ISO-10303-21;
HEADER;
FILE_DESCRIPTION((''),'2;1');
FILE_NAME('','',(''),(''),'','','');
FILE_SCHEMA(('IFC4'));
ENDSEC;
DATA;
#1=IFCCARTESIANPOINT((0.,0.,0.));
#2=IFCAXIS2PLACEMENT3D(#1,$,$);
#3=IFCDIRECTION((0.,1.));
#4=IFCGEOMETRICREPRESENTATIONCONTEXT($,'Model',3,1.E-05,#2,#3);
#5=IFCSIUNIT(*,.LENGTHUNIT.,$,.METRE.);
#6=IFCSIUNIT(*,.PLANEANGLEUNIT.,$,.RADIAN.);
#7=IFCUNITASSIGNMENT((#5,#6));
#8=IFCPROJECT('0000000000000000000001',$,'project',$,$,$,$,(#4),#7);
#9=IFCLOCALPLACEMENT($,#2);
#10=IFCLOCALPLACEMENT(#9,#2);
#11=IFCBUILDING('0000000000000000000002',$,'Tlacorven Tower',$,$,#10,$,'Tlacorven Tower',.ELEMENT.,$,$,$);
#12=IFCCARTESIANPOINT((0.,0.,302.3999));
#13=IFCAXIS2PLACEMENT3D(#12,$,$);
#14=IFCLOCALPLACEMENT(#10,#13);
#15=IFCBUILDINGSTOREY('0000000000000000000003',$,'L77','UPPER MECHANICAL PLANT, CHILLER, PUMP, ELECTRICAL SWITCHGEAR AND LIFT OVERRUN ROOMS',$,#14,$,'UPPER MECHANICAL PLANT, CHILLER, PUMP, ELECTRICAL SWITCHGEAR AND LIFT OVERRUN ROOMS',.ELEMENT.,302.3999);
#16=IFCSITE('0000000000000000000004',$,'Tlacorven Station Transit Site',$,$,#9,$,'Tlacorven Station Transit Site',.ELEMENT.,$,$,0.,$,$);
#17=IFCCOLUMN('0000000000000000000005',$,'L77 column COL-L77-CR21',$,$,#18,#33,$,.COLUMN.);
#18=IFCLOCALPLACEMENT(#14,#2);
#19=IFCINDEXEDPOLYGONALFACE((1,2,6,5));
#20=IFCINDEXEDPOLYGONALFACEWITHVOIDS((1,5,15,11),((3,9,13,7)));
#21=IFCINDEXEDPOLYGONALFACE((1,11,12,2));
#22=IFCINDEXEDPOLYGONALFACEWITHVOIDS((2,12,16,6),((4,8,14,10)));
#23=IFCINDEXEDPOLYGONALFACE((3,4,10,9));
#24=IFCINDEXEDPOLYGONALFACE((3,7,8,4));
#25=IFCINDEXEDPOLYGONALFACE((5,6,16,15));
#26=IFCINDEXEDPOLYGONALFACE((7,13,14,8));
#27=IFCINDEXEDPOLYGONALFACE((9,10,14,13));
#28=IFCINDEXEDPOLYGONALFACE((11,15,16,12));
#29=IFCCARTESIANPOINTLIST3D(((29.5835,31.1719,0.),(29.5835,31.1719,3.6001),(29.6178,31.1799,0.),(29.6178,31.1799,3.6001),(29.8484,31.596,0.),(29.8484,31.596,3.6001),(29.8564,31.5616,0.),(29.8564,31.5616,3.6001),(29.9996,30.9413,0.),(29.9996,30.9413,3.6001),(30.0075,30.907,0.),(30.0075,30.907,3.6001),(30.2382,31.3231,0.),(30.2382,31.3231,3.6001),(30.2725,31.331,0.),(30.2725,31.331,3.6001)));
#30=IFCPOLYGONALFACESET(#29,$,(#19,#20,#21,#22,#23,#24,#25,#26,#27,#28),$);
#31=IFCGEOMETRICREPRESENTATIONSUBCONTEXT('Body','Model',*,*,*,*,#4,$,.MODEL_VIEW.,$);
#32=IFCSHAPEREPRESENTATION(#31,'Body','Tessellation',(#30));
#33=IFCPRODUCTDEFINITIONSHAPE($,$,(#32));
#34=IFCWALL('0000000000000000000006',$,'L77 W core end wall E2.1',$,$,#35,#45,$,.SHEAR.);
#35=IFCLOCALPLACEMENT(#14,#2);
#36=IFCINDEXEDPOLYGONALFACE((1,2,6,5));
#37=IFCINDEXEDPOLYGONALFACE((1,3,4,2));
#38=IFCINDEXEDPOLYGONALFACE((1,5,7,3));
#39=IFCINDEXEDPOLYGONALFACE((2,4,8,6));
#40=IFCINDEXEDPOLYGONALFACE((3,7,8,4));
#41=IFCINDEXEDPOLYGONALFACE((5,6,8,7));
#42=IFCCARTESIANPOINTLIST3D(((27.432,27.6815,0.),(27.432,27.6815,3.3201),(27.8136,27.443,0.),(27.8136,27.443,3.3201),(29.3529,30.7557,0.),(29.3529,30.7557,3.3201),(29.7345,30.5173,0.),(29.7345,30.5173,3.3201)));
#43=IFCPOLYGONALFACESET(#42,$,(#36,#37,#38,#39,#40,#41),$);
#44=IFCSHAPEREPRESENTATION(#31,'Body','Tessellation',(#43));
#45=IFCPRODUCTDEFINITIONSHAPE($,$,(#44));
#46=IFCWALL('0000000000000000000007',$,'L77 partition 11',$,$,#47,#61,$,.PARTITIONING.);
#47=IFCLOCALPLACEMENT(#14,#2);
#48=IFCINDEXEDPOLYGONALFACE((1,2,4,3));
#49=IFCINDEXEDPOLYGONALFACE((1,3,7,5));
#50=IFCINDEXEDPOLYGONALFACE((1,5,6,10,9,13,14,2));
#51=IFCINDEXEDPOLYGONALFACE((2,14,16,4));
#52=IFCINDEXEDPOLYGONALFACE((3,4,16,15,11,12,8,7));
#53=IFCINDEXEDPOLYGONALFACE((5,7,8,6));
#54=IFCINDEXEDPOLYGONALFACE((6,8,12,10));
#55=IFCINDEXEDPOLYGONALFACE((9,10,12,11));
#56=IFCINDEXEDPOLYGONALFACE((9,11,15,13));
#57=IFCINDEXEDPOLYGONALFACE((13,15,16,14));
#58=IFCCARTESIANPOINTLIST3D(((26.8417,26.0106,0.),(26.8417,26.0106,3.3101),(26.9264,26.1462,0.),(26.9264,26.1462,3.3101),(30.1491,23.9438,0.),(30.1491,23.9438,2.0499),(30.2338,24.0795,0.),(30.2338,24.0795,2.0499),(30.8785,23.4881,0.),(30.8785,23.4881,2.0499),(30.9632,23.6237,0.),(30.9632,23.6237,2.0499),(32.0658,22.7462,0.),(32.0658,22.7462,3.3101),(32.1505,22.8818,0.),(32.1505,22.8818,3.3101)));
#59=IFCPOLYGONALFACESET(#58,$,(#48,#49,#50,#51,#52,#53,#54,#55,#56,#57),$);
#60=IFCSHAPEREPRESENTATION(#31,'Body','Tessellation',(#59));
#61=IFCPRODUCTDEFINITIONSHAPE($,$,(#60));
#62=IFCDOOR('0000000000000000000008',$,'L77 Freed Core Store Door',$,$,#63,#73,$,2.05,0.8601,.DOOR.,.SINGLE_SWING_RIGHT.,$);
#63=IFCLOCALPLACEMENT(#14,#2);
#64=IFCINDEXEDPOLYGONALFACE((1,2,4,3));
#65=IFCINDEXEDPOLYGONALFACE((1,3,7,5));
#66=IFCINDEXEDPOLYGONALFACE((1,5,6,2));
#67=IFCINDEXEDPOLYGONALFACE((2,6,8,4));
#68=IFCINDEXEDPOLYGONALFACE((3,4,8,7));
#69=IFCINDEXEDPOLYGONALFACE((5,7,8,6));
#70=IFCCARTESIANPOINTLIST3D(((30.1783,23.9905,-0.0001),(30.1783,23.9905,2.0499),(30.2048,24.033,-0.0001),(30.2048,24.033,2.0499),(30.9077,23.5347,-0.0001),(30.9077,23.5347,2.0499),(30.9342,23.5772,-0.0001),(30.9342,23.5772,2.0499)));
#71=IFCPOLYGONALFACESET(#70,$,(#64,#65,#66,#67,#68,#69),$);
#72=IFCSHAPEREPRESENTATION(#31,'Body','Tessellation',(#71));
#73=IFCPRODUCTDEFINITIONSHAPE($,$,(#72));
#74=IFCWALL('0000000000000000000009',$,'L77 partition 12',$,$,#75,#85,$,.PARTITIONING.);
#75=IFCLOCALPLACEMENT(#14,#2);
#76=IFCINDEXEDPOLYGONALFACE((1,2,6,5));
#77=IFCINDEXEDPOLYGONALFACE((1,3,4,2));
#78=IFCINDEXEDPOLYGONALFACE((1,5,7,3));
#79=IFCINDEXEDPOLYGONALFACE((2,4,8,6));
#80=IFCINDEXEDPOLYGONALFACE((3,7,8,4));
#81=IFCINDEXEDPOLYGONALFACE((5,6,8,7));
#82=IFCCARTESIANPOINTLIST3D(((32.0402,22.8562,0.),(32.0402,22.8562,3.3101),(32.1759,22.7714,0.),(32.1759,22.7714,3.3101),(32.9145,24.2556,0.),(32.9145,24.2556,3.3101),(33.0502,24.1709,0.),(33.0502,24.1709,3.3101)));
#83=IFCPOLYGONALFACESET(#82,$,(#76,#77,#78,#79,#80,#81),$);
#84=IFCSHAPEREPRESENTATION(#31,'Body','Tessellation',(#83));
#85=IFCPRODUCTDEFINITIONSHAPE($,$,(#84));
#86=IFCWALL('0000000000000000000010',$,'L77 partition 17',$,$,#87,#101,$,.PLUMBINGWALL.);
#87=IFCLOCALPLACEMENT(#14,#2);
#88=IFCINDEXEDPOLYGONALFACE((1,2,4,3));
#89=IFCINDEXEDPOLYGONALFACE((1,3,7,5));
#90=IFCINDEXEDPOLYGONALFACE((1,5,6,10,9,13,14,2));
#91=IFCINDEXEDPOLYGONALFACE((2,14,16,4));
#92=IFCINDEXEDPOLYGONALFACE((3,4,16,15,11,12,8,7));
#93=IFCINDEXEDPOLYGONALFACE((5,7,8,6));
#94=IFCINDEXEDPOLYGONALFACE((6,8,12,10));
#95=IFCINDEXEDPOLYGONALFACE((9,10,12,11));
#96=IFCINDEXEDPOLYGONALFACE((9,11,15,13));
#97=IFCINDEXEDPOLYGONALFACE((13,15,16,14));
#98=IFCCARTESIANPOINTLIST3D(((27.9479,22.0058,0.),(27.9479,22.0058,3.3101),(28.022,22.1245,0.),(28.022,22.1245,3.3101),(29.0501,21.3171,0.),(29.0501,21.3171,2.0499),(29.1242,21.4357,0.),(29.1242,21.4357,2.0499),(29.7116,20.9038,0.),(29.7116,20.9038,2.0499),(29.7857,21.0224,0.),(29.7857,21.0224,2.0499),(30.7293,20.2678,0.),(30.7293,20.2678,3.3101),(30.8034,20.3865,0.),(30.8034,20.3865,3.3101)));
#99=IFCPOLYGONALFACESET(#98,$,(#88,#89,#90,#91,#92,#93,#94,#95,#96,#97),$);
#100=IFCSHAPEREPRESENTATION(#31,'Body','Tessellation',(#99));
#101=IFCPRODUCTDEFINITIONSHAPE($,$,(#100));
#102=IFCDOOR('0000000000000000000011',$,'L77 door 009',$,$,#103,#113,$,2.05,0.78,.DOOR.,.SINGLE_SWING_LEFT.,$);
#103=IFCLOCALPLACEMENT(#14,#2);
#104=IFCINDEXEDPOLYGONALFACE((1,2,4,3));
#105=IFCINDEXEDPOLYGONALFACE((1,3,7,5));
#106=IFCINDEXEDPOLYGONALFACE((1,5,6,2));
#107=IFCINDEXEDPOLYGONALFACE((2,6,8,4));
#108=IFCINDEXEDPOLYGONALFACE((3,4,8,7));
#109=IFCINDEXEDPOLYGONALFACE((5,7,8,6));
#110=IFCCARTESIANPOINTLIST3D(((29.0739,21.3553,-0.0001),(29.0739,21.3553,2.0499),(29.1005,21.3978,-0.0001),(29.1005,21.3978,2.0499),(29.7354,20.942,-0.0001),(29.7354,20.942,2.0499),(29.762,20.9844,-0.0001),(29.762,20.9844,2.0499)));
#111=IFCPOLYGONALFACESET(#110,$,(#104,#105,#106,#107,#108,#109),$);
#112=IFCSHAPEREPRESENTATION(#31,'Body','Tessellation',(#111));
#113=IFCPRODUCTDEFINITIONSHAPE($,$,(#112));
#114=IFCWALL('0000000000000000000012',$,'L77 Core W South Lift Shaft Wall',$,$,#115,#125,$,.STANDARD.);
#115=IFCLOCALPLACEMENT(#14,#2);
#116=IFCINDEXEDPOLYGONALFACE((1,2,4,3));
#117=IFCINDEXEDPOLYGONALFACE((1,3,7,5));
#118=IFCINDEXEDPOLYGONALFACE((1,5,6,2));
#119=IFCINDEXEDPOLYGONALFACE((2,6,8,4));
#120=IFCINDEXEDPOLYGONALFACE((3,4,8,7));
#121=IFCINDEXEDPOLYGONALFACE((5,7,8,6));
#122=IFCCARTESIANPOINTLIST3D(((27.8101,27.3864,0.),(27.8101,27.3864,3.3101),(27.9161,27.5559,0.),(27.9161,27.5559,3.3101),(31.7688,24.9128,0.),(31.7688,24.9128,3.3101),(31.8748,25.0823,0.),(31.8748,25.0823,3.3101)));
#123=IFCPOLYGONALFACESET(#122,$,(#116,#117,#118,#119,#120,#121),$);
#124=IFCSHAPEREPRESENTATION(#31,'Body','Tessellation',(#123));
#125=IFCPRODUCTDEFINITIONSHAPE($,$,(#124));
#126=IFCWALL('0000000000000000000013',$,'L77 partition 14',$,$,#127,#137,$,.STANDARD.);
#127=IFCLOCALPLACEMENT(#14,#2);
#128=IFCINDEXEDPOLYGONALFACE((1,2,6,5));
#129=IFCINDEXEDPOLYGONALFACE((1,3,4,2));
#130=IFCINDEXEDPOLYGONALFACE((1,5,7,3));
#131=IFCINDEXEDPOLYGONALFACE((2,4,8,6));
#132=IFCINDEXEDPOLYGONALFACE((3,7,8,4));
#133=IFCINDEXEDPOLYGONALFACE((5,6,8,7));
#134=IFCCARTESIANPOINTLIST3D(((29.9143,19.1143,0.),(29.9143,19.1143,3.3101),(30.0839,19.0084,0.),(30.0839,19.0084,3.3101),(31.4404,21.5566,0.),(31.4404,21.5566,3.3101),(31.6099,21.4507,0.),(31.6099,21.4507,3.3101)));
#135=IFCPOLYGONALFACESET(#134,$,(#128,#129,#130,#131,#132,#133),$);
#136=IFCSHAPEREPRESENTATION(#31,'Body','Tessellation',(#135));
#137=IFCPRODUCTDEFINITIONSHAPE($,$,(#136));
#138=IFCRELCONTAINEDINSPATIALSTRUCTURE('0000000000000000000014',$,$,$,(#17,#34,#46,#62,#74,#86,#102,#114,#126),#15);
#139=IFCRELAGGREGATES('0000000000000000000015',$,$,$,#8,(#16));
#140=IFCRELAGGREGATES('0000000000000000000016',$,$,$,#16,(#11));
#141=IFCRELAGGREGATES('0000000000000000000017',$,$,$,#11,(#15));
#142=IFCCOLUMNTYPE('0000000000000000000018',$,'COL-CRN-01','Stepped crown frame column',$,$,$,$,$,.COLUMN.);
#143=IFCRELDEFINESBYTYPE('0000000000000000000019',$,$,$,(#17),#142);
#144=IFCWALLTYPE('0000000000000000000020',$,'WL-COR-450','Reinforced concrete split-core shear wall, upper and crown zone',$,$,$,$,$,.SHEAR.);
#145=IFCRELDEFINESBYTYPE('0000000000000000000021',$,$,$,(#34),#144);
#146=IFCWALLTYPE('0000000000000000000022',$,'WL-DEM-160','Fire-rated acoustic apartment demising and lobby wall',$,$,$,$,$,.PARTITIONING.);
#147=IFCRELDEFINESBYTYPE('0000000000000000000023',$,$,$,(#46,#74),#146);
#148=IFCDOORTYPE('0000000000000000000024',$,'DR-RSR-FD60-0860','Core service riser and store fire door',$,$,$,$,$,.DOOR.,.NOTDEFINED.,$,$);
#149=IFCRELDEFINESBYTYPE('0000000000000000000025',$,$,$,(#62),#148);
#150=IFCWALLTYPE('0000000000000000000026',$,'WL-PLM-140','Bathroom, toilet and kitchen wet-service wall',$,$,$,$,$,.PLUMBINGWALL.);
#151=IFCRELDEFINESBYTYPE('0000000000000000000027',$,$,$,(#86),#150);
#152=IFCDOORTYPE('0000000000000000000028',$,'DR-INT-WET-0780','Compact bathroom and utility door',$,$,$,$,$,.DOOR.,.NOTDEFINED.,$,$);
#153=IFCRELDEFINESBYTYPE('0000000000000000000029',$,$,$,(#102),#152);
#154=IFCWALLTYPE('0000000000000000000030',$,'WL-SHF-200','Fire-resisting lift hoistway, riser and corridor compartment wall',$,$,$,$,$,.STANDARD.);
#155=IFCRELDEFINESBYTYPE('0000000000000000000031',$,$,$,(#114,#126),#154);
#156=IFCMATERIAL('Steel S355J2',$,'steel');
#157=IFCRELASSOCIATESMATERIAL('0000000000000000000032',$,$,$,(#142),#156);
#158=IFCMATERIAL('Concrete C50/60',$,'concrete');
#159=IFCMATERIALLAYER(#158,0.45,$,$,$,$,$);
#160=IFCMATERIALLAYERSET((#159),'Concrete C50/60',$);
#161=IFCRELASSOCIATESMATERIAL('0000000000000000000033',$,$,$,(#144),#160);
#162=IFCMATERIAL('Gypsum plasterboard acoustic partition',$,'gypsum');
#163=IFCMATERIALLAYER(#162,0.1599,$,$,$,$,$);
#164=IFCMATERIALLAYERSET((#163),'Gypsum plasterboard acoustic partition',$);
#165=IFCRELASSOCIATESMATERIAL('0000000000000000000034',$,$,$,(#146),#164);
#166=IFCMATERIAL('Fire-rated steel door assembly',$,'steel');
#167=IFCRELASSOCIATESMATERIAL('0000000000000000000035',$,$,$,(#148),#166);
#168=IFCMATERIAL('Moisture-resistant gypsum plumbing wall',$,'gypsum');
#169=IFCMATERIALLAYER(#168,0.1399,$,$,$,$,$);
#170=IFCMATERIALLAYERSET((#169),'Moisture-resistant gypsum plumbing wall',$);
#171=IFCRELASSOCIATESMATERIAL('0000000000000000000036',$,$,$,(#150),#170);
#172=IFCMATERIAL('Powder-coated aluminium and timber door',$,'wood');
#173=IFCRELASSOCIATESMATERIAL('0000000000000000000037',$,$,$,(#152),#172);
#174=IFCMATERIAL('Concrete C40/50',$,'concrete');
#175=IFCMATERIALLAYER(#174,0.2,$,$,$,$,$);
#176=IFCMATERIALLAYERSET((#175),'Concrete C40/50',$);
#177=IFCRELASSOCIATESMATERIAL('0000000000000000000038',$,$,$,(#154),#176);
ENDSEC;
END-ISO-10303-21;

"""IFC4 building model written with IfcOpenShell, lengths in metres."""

from ifc_helpers import new_model, si_unit, direction, frame, frame_2d, origin, origin_2d, place, context, subcontext, project, spatial, rectangle, hollow_rectangle, extrude, source, transform, mapped, material, layer, layer_set, material_profile, profile_set, type_object, element, fill, save


model = new_model("IFC4")

# Units and contexts
model_context = context("Model", 3, precision=1e-05, world=origin(), true_north=direction((0.0, 1.0)))
body_context = subcontext(model_context, "Body", "Model", "MODEL_VIEW")
ifc_project = project(units=[si_unit("LENGTHUNIT", "METRE"), si_unit("PLANEANGLEUNIT", "RADIAN")], contexts=[model_context])

# Site, building, storey
site_placement = place(None, origin())
site = spatial("IfcSite", under=ifc_project, at=site_placement, Name="Tlacorven Station Transit Site", LongName="Tlacorven Station Transit Site", CompositionType="ELEMENT", RefElevation=0.0)
building_placement = place(site_placement, origin())
building = spatial("IfcBuilding", under=site, at=building_placement, Name="Tlacorven Tower", LongName="Tlacorven Tower", CompositionType="ELEMENT")
storey_placement = place(building_placement, frame((0.0, 0.0, 302.3999)))
storey = spatial("IfcBuildingStorey", under=building, at=storey_placement, Name="L77", Description="UPPER MECHANICAL PLANT, CHILLER, PUMP, ELECTRICAL SWITCHGEAR AND LIFT OVERRUN ROOMS", LongName="UPPER MECHANICAL PLANT, CHILLER, PUMP, ELECTRICAL SWITCHGEAR AND LIFT OVERRUN ROOMS", CompositionType="ELEMENT", Elevation=302.3999)

# Column
ifc_material_1 = material(Name="Steel S355J2", Category="steel")
ifc_material_profile = material_profile(ifc_material_1, hollow_rectangle(XDim=0.5, YDim=0.5, WallThickness=0.0249, at=origin_2d()), Name="BOX 500X500X25")
ifc_profile_set = profile_set([ifc_material_profile], Name="Steel S355J2")
column_type = type_object("IfcColumnType", Name="COL-CRN-01", Description="Stepped crown frame column", PredefinedType="COLUMN", material=ifc_profile_set)
shared_shape_1 = source(origin(), body_context, "Body", "SweptSolid", [
    extrude(hollow_rectangle(XDim=0.5, YDim=0.5, WallThickness=0.0249, at=origin_2d()), origin(), (0.0, 0.0, 1.0), 3.6001),
])
column_placement = place(storey_placement, frame((29.928, 31.2515, 0.0), z_axis=(0.0, 0.0, 1.0), x_axis=(-0.848048, 0.529919, 0.0)))
element("IfcColumn", 1, at=column_placement, inside=storey, type_object=column_type, Name="L77 column COL-L77-CR21", PredefinedType="COLUMN", context=body_context, shape_type="MappedRepresentation", body=[
    mapped(shared_shape_1, transform((0.0, 0.0, 0.0), scale=1.0)),
])

# Wall
ifc_material_2 = material(Name="Concrete C50/60", Category="concrete")
ifc_layer_1 = layer(ifc_material_2, 0.45)
ifc_layer_set_1 = layer_set([ifc_layer_1], Name="Concrete C50/60")
wall_type_1 = type_object("IfcWallType", Name="WL-COR-450", Description="Reinforced concrete split-core shear wall, upper and crown zone", PredefinedType="SHEAR", material=ifc_layer_set_1)
wall_1_placement = place(storey_placement, frame((29.5437, 30.6365, 0.0), z_axis=(0.0, 0.0, 1.0), x_axis=(-0.529902, -0.848059, 0.0)))
element("IfcWall", 2, at=wall_1_placement, inside=storey, type_object=wall_type_1, Name="L77 W core end wall E2.1", PredefinedType="SHEAR", context=body_context, shape_type="SweptSolid", body=[
    extrude(rectangle(XDim=3.625, YDim=0.45, at=frame_2d((1.8125, 0.0))), origin(), (0.0, 0.0, 1.0), 3.3201),
])

# Wall, opening, door
ifc_material_3 = material(Name="Gypsum plasterboard acoustic partition", Category="gypsum")
ifc_layer_2 = layer(ifc_material_3, 0.1599)
ifc_layer_set_2 = layer_set([ifc_layer_2], Name="Gypsum plasterboard acoustic partition")
wall_type_2 = type_object("IfcWallType", Name="WL-DEM-160", Description="Fire-rated acoustic apartment demising and lobby wall", PredefinedType="PARTITIONING", material=ifc_layer_set_2)
wall_2_placement = place(storey_placement, frame((32.1082, 22.814, 0.0), z_axis=(0.0, 0.0, 1.0), x_axis=(-0.848047, 0.529921, 0.0)))
wall_2 = element("IfcWall", 3, at=wall_2_placement, inside=storey, type_object=wall_type_2, Name="L77 partition 11", PredefinedType="PARTITIONING", context=body_context, shape_type="SweptSolid", body=[
    extrude(rectangle(XDim=6.1602, YDim=0.1599, at=frame_2d((3.0801, 0.0))), origin(), (0.0, 0.0, 1.0), 3.3101),
])
opening_1_placement = place(wall_2_placement, frame((1.3999, 0.0, 0.0)))
opening_1 = element("IfcOpeningElement", 4, at=opening_1_placement, cuts=wall_2, PredefinedType="OPENING", context=body_context, shape_type="SweptSolid", body=[
    extrude(rectangle(XDim=0.8601, YDim=2.05, at=frame_2d((0.4302, 1.0249))), frame((0.0, 0.0898, 0.0), z_axis=(0.0, -1.0, 0.0), x_axis=(1.0, 0.0, 0.0)), (0.0, 0.0, 1.0), 0.1799),
])
ifc_material_4 = material(Name="Fire-rated steel door assembly", Category="steel")
door_type_1 = type_object("IfcDoorType", Name="DR-RSR-FD60-0860", Description="Core service riser and store fire door", OperationType="NOTDEFINED", PredefinedType="DOOR", material=ifc_material_4)
shared_shape_2 = source(origin(), body_context, "Body", "SweptSolid", [
    extrude(rectangle(XDim=0.8601, YDim=2.05, at=frame_2d((0.4302, 1.0249))), frame((0.0, 0.0249, 0.0), z_axis=(0.0, -1.0, 0.0), x_axis=(1.0, 0.0, 0.0)), (0.0, 0.0, 1.0), 0.05),
])
door_1_placement = place(opening_1_placement, origin())
door_1 = element("IfcDoor", 5, at=door_1_placement, inside=storey, type_object=door_type_1, Name="L77 Freed Core Store Door", OperationType="SINGLE_SWING_RIGHT", OverallHeight=2.05, OverallWidth=0.8601, PredefinedType="DOOR", context=body_context, shape_type="MappedRepresentation", body=[
    mapped(shared_shape_2, transform((0.0, 0.0, 0.0), scale=1.0)),
])
fill(opening_1, door_1)

# Wall
wall_3_placement = place(storey_placement, frame((32.9824, 24.2134, 0.0), z_axis=(0.0, 0.0, 1.0), x_axis=(-0.529839, -0.848098, 0.0)))
element("IfcWall", 6, at=wall_3_placement, inside=storey, type_object=wall_type_2, Name="L77 partition 12", PredefinedType="PARTITIONING", context=body_context, shape_type="SweptSolid", body=[
    extrude(rectangle(XDim=1.6501, YDim=0.1599, at=frame_2d((0.8252, 0.0))), origin(), (0.0, 0.0, 1.0), 3.3101),
])

# Wall, opening, door
ifc_material_5 = material(Name="Moisture-resistant gypsum plumbing wall", Category="gypsum")
ifc_layer_3 = layer(ifc_material_5, 0.1399)
ifc_layer_set_3 = layer_set([ifc_layer_3], Name="Moisture-resistant gypsum plumbing wall")
wall_type_3 = type_object("IfcWallType", Name="WL-PLM-140", Description="Bathroom, toilet and kitchen wet-service wall", PredefinedType="PLUMBINGWALL", material=ifc_layer_set_3)
wall_4_placement = place(storey_placement, frame((30.7664, 20.3271, 0.0), z_axis=(0.0, 0.0, 1.0), x_axis=(-0.848053, 0.529912, 0.0)))
wall_4 = element("IfcWall", 7, at=wall_4_placement, inside=storey, type_object=wall_type_3, Name="L77 partition 17", PredefinedType="PLUMBINGWALL", context=body_context, shape_type="SweptSolid", body=[
    extrude(rectangle(XDim=3.2798, YDim=0.1399, at=frame_2d((1.6399, 0.0))), origin(), (0.0, 0.0, 1.0), 3.3101),
])
opening_2_placement = place(wall_4_placement, frame((1.2, 0.0, 0.0)))
opening_2 = element("IfcOpeningElement", 8, at=opening_2_placement, cuts=wall_4, PredefinedType="OPENING", context=body_context, shape_type="SweptSolid", body=[
    extrude(rectangle(XDim=0.78, YDim=2.05, at=frame_2d((0.3901, 1.0249))), frame((0.0, 0.0801, 0.0), z_axis=(0.0, -1.0, 0.0), x_axis=(1.0, 0.0, 0.0)), (0.0, 0.0, 1.0), 0.1599),
])
ifc_material_6 = material(Name="Powder-coated aluminium and timber door", Category="wood")
door_type_2 = type_object("IfcDoorType", Name="DR-INT-WET-0780", Description="Compact bathroom and utility door", OperationType="NOTDEFINED", PredefinedType="DOOR", material=ifc_material_6)
shared_shape_3 = source(origin(), body_context, "Body", "SweptSolid", [
    extrude(rectangle(XDim=0.78, YDim=2.05, at=frame_2d((0.3901, 1.0249))), frame((0.0, 0.0249, 0.0), z_axis=(0.0, -1.0, 0.0), x_axis=(1.0, 0.0, 0.0)), (0.0, 0.0, 1.0), 0.05),
])
door_2_placement = place(opening_2_placement, origin())
door_2 = element("IfcDoor", 9, at=door_2_placement, inside=storey, type_object=door_type_2, Name="L77 door 009", OperationType="SINGLE_SWING_LEFT", OverallHeight=2.05, OverallWidth=0.78, PredefinedType="DOOR", context=body_context, shape_type="MappedRepresentation", body=[
    mapped(shared_shape_3, transform((0.0, 0.0, 0.0), scale=1.0)),
])
fill(opening_2, door_2)

# Walls
ifc_material_7 = material(Name="Concrete C40/50", Category="concrete")
ifc_layer_4 = layer(ifc_material_7, 0.2)
ifc_layer_set_4 = layer_set([ifc_layer_4], Name="Concrete C40/50")
wall_type_4 = type_object("IfcWallType", Name="WL-SHF-200", Description="Fire-resisting lift hoistway, riser and corridor compartment wall", PredefinedType="STANDARD", material=ifc_layer_set_4)
wall_5_placement = place(storey_placement, frame((31.8218, 24.9976, 0.0), z_axis=(0.0, 0.0, 1.0), x_axis=(-0.848054, 0.52991, 0.0)))
element("IfcWall", 10, at=wall_5_placement, inside=storey, type_object=wall_type_4, Name="L77 Core W South Lift Shaft Wall", PredefinedType="STANDARD", context=body_context, shape_type="SweptSolid", body=[
    extrude(rectangle(XDim=4.668, YDim=0.2, at=frame_2d((2.334, 0.0))), origin(), (0.0, 0.0, 1.0), 3.3101),
])
wall_6_placement = place(storey_placement, frame((31.5251, 21.5037, 0.0), z_axis=(0.0, 0.0, 1.0), x_axis=(-0.529907, -0.848055, 0.0)))
element("IfcWall", 11, at=wall_6_placement, inside=storey, type_object=wall_type_4, Name="L77 partition 14", PredefinedType="STANDARD", context=body_context, shape_type="SweptSolid", body=[
    extrude(rectangle(XDim=2.8799, YDim=0.2, at=frame_2d((1.4399, 0.0))), origin(), (0.0, 0.0, 1.0), 3.3101),
])

save(model, "model.ifc")
